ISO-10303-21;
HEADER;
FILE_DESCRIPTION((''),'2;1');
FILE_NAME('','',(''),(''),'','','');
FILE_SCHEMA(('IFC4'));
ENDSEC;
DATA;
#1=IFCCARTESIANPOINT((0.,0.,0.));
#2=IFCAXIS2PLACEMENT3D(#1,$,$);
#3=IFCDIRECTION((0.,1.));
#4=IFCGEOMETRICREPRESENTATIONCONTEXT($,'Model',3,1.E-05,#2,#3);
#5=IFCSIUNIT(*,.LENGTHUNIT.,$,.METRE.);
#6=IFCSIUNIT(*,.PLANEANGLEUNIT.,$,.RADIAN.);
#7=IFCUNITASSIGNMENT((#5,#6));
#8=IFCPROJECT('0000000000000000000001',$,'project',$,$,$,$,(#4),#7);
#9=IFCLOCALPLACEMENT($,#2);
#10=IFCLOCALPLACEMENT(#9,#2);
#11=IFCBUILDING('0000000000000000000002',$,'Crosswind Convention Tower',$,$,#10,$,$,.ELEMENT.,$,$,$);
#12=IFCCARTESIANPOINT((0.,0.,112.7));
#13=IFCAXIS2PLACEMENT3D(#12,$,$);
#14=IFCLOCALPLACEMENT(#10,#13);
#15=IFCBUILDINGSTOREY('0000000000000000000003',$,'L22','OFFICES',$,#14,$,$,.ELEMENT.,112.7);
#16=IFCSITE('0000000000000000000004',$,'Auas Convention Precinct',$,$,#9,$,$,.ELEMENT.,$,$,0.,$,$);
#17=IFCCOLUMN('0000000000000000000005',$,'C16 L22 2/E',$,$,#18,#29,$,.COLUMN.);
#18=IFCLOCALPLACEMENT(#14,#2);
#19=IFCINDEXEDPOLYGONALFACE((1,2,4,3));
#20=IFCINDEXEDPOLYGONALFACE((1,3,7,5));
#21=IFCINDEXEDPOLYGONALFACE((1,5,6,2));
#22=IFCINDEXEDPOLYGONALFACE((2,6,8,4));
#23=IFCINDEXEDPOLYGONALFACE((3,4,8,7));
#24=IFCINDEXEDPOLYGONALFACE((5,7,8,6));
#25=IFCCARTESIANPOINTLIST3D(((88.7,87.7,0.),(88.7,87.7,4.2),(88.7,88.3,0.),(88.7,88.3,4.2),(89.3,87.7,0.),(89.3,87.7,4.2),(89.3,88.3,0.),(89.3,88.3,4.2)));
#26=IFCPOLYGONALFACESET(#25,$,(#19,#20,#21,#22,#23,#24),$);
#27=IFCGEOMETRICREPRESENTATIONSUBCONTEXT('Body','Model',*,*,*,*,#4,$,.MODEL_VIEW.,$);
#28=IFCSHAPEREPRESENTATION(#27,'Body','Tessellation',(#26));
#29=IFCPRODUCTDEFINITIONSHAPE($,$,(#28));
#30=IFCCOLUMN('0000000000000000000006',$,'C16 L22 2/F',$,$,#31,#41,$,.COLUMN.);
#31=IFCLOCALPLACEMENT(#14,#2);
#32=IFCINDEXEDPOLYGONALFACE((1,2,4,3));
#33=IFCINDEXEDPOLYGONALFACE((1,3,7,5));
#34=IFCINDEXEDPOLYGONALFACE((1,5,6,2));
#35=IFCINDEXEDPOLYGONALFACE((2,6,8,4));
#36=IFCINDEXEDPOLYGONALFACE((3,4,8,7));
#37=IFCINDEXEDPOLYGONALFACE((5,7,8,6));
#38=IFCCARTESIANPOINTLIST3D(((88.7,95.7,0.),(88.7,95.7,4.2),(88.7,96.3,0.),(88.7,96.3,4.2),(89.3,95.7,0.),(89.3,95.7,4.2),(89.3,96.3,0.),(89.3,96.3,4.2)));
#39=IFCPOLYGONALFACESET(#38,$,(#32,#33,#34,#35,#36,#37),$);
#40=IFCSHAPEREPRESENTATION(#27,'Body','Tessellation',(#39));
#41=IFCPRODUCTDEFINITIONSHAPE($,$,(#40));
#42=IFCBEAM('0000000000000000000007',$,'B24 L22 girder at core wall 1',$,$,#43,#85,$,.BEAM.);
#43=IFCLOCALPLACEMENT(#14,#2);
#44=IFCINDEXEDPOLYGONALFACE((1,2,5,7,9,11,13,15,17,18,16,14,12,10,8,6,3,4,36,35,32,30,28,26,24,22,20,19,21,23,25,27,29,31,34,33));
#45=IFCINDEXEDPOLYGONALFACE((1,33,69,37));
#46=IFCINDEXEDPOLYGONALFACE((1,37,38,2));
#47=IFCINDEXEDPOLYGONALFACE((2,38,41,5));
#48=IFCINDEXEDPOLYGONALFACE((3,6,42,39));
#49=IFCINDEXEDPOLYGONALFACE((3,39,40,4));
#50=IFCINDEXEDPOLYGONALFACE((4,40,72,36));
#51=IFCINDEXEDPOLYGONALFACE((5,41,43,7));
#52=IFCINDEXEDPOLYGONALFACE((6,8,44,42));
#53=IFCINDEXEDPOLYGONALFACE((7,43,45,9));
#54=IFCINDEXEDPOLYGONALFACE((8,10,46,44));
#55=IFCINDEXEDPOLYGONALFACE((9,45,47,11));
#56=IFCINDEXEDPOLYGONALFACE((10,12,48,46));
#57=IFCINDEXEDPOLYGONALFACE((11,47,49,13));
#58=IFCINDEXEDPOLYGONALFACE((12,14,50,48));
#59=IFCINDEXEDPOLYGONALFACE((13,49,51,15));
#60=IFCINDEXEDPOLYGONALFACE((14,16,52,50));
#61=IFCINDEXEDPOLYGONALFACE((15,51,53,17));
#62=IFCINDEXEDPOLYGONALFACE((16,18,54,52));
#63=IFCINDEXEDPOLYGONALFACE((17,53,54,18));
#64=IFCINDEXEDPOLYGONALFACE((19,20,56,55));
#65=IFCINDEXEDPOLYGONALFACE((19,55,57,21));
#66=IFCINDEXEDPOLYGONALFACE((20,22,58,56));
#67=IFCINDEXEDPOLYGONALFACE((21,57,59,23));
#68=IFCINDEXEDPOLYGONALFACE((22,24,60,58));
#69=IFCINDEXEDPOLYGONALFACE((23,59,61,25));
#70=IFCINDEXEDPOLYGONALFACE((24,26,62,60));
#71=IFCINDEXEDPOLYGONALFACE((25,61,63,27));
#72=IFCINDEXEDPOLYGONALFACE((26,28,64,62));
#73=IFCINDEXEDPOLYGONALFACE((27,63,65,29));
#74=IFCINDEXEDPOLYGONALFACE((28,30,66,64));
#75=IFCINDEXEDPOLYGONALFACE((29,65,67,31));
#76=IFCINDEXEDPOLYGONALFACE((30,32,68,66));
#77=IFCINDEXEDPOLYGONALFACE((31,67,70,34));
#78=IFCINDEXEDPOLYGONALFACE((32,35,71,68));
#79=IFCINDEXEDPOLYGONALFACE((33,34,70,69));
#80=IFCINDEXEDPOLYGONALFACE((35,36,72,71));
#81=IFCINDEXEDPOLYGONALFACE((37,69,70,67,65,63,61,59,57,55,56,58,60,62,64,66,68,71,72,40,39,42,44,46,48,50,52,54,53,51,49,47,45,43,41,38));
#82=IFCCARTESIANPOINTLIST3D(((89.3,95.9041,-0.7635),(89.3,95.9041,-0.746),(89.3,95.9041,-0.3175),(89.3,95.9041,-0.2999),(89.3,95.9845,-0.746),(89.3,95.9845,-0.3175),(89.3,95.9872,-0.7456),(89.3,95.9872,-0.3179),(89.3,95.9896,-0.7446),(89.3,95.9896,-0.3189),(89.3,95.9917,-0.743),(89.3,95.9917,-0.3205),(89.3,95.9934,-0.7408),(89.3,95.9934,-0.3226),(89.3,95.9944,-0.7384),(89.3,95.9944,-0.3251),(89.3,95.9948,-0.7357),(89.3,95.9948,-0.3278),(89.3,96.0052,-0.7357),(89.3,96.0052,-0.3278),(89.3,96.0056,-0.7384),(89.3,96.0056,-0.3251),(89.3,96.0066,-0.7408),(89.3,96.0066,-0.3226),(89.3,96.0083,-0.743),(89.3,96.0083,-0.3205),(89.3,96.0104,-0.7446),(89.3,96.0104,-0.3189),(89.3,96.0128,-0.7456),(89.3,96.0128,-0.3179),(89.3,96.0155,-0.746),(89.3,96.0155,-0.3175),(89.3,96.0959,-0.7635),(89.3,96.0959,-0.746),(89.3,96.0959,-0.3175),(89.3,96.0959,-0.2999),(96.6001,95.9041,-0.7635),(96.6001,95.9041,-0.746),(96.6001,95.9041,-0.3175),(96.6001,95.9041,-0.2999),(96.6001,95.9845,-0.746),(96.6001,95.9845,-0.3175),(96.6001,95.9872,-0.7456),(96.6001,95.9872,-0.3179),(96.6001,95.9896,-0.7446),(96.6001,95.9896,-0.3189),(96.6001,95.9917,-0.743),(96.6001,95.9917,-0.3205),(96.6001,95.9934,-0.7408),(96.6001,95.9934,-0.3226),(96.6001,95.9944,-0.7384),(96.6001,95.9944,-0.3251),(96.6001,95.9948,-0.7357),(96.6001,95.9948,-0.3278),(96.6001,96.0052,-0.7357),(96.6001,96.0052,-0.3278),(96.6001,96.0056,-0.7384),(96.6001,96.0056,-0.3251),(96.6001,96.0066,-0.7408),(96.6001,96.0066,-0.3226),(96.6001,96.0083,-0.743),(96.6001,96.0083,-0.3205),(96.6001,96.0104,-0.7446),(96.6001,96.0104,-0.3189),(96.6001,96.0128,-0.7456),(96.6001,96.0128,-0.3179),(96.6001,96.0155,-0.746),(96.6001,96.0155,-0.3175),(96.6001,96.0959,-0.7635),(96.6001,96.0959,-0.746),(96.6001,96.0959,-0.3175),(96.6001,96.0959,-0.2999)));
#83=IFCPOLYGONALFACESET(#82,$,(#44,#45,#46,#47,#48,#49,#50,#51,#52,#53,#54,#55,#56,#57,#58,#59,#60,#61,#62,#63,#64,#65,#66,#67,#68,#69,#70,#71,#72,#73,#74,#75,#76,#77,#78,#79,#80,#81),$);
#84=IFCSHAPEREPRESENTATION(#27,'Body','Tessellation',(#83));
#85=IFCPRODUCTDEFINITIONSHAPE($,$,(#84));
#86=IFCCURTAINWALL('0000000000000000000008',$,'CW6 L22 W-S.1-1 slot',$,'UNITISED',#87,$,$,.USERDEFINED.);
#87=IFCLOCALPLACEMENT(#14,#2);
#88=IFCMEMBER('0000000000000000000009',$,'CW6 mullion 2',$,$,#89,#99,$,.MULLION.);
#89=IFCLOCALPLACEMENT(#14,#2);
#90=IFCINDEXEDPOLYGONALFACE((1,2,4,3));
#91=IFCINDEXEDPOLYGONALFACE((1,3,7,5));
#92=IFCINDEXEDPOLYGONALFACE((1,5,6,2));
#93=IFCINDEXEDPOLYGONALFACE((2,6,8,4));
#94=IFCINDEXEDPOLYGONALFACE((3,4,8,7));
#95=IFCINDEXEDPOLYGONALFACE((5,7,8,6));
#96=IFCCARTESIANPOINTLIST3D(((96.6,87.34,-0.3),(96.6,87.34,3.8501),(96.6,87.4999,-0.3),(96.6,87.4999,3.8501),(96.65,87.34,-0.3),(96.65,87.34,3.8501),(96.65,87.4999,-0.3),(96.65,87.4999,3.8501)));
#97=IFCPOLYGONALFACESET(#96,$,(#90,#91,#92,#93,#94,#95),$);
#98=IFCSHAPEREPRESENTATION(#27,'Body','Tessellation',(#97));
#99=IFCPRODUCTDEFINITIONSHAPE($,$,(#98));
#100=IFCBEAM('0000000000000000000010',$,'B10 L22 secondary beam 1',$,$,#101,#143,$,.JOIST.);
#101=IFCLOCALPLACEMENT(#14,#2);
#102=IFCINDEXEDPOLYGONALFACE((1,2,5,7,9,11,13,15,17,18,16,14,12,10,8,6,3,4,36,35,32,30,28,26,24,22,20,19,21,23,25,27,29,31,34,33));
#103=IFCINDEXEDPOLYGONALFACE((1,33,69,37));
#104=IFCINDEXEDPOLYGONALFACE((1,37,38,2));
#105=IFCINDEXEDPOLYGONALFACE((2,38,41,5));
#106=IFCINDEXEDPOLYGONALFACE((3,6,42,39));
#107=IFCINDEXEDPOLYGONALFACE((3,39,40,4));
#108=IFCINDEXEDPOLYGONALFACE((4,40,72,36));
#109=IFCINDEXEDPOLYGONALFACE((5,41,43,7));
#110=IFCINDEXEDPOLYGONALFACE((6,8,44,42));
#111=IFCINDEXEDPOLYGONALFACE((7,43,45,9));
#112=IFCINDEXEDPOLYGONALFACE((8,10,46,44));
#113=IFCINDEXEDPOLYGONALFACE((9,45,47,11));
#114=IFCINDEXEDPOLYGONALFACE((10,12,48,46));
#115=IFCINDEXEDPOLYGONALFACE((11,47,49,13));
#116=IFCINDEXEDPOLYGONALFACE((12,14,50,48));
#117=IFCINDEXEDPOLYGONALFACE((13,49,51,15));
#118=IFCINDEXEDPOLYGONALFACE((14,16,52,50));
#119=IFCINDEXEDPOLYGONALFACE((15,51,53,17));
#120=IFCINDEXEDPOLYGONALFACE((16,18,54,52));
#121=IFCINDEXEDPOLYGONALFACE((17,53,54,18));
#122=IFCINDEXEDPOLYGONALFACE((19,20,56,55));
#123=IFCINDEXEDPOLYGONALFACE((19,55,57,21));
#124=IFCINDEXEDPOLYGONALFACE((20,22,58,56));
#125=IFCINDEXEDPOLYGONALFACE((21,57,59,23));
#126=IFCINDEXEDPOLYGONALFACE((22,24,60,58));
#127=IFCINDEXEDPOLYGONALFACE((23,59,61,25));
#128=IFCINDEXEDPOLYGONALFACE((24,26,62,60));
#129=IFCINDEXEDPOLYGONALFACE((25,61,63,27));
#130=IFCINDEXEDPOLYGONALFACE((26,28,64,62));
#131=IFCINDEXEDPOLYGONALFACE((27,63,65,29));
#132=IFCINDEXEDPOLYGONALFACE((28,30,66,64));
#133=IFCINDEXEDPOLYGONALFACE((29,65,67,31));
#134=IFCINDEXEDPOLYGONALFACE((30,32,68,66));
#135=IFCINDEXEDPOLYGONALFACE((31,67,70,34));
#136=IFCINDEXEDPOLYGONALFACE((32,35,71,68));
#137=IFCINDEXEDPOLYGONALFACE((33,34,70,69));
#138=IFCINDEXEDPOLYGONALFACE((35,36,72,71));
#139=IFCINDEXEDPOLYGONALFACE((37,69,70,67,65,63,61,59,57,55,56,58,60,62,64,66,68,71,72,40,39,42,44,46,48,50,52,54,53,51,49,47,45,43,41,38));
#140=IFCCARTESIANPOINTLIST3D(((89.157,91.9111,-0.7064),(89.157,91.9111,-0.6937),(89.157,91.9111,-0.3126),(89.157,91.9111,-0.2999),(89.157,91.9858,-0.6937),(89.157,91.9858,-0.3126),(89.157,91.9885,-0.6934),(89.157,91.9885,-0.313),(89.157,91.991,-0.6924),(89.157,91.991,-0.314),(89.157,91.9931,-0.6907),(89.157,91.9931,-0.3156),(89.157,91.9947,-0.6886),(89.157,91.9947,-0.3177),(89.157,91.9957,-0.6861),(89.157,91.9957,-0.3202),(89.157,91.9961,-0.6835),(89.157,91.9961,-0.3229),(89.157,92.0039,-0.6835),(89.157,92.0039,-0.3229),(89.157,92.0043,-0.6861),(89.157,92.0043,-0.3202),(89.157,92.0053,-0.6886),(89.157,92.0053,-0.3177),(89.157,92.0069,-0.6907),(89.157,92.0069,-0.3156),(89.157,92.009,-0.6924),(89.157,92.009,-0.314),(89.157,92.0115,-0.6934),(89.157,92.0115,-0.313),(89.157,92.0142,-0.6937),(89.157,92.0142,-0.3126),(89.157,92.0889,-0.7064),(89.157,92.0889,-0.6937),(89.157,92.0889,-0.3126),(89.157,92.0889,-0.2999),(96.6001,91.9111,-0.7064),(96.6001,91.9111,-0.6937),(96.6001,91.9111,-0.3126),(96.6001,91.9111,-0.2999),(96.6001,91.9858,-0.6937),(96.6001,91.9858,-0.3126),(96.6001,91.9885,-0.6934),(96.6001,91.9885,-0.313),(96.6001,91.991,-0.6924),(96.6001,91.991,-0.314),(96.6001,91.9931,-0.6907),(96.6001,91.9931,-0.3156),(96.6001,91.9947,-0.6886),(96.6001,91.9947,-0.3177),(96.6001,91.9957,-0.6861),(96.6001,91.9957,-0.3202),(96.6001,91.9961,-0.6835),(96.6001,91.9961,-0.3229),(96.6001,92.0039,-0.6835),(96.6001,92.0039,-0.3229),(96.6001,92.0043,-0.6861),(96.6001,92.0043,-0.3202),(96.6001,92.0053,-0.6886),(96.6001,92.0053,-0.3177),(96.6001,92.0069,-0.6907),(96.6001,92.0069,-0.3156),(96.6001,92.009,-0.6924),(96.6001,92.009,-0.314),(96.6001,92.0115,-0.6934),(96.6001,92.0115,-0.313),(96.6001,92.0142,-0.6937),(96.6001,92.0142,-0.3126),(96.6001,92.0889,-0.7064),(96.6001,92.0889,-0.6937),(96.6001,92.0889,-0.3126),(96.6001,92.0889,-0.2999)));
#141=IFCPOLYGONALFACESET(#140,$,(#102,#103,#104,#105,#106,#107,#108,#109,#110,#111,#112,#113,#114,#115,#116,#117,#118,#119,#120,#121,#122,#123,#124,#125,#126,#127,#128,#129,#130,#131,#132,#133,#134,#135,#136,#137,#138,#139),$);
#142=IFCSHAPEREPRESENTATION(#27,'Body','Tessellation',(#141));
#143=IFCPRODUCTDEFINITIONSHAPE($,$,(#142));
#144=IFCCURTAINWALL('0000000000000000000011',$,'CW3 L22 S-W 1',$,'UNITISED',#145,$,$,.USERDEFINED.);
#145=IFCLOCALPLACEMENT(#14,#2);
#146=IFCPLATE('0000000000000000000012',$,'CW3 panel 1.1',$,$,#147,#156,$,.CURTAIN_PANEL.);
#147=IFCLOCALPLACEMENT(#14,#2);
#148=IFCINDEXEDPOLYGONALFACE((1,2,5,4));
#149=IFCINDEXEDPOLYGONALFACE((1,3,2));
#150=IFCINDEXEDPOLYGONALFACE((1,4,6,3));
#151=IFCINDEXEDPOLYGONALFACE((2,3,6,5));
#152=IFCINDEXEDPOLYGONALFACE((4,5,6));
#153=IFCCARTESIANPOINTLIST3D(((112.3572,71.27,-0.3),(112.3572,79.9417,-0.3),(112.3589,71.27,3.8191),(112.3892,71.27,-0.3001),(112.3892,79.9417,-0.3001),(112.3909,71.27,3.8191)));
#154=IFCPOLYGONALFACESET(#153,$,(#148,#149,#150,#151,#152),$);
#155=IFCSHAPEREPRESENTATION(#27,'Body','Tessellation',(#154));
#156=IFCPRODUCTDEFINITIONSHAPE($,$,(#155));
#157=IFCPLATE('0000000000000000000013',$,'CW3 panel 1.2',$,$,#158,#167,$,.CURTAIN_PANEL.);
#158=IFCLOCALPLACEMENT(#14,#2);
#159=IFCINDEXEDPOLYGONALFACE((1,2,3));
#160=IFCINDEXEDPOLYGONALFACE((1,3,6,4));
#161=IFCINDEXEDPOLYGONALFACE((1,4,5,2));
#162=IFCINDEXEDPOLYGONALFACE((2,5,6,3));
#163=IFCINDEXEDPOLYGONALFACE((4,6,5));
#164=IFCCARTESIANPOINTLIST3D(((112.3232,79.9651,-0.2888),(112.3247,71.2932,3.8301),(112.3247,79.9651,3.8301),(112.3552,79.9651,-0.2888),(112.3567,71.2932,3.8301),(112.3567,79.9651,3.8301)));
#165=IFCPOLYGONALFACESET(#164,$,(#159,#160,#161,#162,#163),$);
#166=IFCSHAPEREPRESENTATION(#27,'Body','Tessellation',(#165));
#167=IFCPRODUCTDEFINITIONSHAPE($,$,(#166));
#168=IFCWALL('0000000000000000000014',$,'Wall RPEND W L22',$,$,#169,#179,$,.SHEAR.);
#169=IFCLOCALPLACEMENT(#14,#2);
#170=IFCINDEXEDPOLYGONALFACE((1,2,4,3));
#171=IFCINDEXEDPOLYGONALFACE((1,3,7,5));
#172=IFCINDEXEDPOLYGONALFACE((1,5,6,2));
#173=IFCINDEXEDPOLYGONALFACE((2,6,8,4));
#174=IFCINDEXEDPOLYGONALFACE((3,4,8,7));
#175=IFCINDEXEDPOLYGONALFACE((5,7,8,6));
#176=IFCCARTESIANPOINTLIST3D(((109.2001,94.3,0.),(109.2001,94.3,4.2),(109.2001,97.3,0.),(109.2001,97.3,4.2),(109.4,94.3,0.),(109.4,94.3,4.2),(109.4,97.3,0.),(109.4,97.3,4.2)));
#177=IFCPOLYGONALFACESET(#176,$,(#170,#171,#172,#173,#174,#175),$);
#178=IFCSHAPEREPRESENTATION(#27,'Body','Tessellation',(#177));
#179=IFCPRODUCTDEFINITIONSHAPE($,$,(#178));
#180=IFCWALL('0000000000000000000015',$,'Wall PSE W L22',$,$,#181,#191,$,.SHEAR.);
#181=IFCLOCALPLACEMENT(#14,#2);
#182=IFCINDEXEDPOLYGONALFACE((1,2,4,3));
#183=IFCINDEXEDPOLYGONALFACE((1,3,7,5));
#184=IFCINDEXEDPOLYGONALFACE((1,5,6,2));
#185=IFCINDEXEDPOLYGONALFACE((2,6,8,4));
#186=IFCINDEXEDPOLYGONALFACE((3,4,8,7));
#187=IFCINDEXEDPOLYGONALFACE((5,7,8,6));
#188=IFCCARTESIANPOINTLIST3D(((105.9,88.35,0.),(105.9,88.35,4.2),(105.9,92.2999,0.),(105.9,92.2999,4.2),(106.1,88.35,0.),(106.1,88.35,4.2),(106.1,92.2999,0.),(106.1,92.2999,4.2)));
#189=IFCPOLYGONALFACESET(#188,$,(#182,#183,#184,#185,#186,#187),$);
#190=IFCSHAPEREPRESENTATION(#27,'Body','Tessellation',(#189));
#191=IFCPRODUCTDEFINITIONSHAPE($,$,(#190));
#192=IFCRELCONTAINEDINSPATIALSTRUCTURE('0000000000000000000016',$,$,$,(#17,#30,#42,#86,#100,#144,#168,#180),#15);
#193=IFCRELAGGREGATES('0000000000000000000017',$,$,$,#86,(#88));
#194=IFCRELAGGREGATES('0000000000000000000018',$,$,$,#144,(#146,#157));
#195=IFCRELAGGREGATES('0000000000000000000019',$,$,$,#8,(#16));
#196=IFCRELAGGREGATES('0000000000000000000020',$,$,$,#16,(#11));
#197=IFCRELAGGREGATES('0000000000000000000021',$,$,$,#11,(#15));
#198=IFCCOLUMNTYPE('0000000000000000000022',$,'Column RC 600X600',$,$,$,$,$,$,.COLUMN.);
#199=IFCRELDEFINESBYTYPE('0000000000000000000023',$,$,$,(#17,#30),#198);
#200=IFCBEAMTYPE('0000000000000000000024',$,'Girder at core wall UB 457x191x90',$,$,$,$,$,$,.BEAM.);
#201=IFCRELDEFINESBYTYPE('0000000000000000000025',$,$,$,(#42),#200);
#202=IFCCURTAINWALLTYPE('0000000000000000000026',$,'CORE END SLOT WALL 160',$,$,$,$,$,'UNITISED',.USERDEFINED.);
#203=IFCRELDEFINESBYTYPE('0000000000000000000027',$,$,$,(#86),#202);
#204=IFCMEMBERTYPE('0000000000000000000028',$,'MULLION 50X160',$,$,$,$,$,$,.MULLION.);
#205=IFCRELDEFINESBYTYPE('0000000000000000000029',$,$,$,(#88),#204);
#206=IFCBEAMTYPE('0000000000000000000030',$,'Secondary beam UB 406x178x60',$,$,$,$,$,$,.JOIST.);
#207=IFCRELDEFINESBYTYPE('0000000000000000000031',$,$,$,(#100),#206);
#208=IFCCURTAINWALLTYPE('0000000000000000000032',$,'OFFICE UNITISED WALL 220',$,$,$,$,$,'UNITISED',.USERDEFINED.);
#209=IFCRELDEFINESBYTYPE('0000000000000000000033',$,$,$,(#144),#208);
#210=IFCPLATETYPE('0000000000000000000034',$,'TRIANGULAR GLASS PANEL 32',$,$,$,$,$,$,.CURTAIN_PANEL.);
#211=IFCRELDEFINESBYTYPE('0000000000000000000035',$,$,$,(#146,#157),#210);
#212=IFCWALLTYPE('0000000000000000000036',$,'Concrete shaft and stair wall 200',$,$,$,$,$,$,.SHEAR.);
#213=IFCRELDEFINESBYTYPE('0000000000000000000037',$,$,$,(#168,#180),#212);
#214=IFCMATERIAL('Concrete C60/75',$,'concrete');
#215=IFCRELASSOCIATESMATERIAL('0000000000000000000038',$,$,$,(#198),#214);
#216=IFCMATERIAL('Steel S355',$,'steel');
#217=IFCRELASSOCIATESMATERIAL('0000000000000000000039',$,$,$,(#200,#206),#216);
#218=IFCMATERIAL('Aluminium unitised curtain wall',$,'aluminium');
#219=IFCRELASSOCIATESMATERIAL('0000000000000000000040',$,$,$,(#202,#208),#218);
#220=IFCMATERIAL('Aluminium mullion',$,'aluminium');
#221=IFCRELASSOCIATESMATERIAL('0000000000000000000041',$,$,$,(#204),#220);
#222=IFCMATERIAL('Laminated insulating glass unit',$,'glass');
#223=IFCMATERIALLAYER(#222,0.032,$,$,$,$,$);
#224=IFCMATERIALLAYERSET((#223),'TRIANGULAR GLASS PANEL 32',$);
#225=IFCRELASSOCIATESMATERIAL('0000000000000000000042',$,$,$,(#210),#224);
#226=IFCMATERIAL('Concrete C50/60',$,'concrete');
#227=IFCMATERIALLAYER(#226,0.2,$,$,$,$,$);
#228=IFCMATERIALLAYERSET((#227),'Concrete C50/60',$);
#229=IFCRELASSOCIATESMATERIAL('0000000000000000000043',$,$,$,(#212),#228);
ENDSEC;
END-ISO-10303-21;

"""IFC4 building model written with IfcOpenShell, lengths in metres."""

from ifc_helpers import new_model, si_unit, direction, frame, frame_2d, origin, origin_2d, place, context, subcontext, project, spatial, polyline, rectangle, i_section, outline, extrude, material, layer, layer_set, material_profile, profile_set, type_object, element, aggregate, save


model = new_model("IFC4")

# Units and contexts
model_context = context("Model", 3, precision=1e-05, world=origin(), true_north=direction((0.0, 1.0)))
body_context = subcontext(model_context, "Body", "Model", "MODEL_VIEW")
ifc_project = project(units=[si_unit("LENGTHUNIT", "METRE"), si_unit("PLANEANGLEUNIT", "RADIAN")], contexts=[model_context])

# Site, building, storey
site_placement = place(None, origin())
site = spatial("IfcSite", under=ifc_project, at=site_placement, Name="Auas Convention Precinct", CompositionType="ELEMENT", RefElevation=0.0)
building_placement = place(site_placement, origin())
building = spatial("IfcBuilding", under=site, at=building_placement, Name="Crosswind Convention Tower", CompositionType="ELEMENT")
storey_placement = place(building_placement, frame((0.0, 0.0, 112.7)))
storey = spatial("IfcBuildingStorey", under=building, at=storey_placement, Name="L22", Description="OFFICES", CompositionType="ELEMENT", Elevation=112.7)

# Columns
ifc_material_1 = material(Name="Concrete C60/75", Category="concrete")
ifc_material_profile_1 = material_profile(ifc_material_1, rectangle(XDim=0.6001, YDim=0.6001, at=origin_2d()), Name="RC 600X600")
ifc_profile_set_1 = profile_set([ifc_material_profile_1], Name="Concrete C60/75")
column_type = type_object("IfcColumnType", Name="Column RC 600X600", PredefinedType="COLUMN", material=ifc_profile_set_1)
for number, where, z_axis, x_axis, name in (
    (1, (89.0, 88.0, 0.0), (0.0, 0.0, 1.0), (1.0, 0.0, 0.0), "C16 L22 2/E"),
    (2, (89.0, 96.0, 0.0), (0.0, 0.0, 1.0), (1.0, 0.0, 0.0), "C16 L22 2/F"),
):
    element("IfcColumn", number, at=place(storey_placement, frame(where, z_axis=z_axis, x_axis=x_axis)), inside=storey, type_object=column_type, Name=name, PredefinedType="COLUMN", context=body_context, shape_type="SweptSolid", body=[
        extrude(rectangle(XDim=0.6001, YDim=0.6001, at=origin_2d()), origin(), (0.0, 0.0, 1.0), 4.2),
    ])

# Beam
ifc_material_2 = material(Name="Steel S355", Category="steel")
ifc_material_profile_2 = material_profile(ifc_material_2, i_section(OverallWidth=0.1919, OverallDepth=0.4636, WebThickness=0.0105, FlangeThickness=0.0176, FilletRadius=0.0103, at=origin_2d()), Name="UB 457x191x90")
ifc_profile_set_2 = profile_set([ifc_material_profile_2], Name="Steel S355")
beam_type_1 = type_object("IfcBeamType", Name="Girder at core wall UB 457x191x90", PredefinedType="BEAM", material=ifc_profile_set_2)
beam_1_placement = place(storey_placement, frame((89.3, 96.0, -0.5317), z_axis=(1.0, 0.0, 0.0), x_axis=(0.0, 1.0, 0.0)))
element("IfcBeam", 3, at=beam_1_placement, inside=storey, type_object=beam_type_1, Name="B24 L22 girder at core wall 1", PredefinedType="BEAM", context=body_context, shape_type="SweptSolid", body=[
    extrude(i_section(OverallWidth=0.1919, OverallDepth=0.4636, WebThickness=0.0105, FlangeThickness=0.0176, FilletRadius=0.0103, at=origin_2d()), origin(), (0.0, 0.0, 1.0), 7.3),
])

# Curtain wall, member
ifc_material_3 = material(Name="Aluminium unitised curtain wall", Category="aluminium")
curtain_wall_type_1 = type_object("IfcCurtainWallType", Name="CORE END SLOT WALL 160", ElementType="UNITISED", PredefinedType="USERDEFINED", material=ifc_material_3)
curtain_wall_1_placement = place(storey_placement, origin())
curtain_wall_1 = element("IfcCurtainWall", 4, at=curtain_wall_1_placement, inside=storey, type_object=curtain_wall_type_1, Name="CW6 L22 W-S.1-1 slot", ObjectType="UNITISED", PredefinedType="USERDEFINED")
ifc_material_4 = material(Name="Aluminium mullion", Category="aluminium")
ifc_material_profile_3 = material_profile(ifc_material_4, rectangle(XDim=0.1599, YDim=0.05, at=origin_2d()), Name="AL 160X50")
ifc_profile_set_3 = profile_set([ifc_material_profile_3], Name="Aluminium mullion")
member_type = type_object("IfcMemberType", Name="MULLION 50X160", PredefinedType="MULLION", material=ifc_profile_set_3)
member_placement = place(storey_placement, frame((96.625, 87.4199, -0.3), z_axis=(0.0, 0.0, 1.0), x_axis=(0.0, -1.0, 0.0)))
member = element("IfcMember", 5, at=member_placement, type_object=member_type, Name="CW6 mullion 2", PredefinedType="MULLION", context=body_context, shape_type="SweptSolid", body=[
    extrude(rectangle(XDim=0.1599, YDim=0.05, at=origin_2d()), origin(), (0.0, 0.0, 1.0), 4.1501),
])
aggregate(curtain_wall_1, [member])

# Beam
ifc_material_profile_4 = material_profile(ifc_material_2, i_section(OverallWidth=0.1777, OverallDepth=0.4065, WebThickness=0.0078, FlangeThickness=0.0127, FilletRadius=0.0103, at=origin_2d()), Name="UB 406x178x60")
ifc_profile_set_4 = profile_set([ifc_material_profile_4], Name="Steel S355")
beam_type_2 = type_object("IfcBeamType", Name="Secondary beam UB 406x178x60", PredefinedType="JOIST", material=ifc_profile_set_4)
beam_2_placement = place(storey_placement, frame((89.157, 92.0, -0.5032), z_axis=(1.0, 0.0, 0.0), x_axis=(0.0, 1.0, 0.0)))
element("IfcBeam", 6, at=beam_2_placement, inside=storey, type_object=beam_type_2, Name="B10 L22 secondary beam 1", PredefinedType="JOIST", context=body_context, shape_type="SweptSolid", body=[
    extrude(i_section(OverallWidth=0.1777, OverallDepth=0.4065, WebThickness=0.0078, FlangeThickness=0.0127, FilletRadius=0.0103, at=origin_2d()), origin(), (0.0, 0.0, 1.0), 7.4431),
])

# Curtain wall, plates
curtain_wall_type_2 = type_object("IfcCurtainWallType", Name="OFFICE UNITISED WALL 220", ElementType="UNITISED", PredefinedType="USERDEFINED", material=ifc_material_3)
curtain_wall_2_placement = place(storey_placement, origin())
curtain_wall_2 = element("IfcCurtainWall", 7, at=curtain_wall_2_placement, inside=storey, type_object=curtain_wall_type_2, Name="CW3 L22 S-W 1", ObjectType="UNITISED", PredefinedType="USERDEFINED")
ifc_material_5 = material(Name="Laminated insulating glass unit", Category="glass")
ifc_layer_1 = layer(ifc_material_5, 0.032)
ifc_layer_set_1 = layer_set([ifc_layer_1], Name="TRIANGULAR GLASS PANEL 32")
plate_type = type_object("IfcPlateType", Name="TRIANGULAR GLASS PANEL 32", PredefinedType="CURTAIN_PANEL", material=ifc_layer_set_1)
plate_1_placement = place(storey_placement, frame((112.3572, 71.27, -0.3), z_axis=(-1.0, 0.0, 0.000415), x_axis=(0.000415, 0.0, 1.0)))
plate_1 = element("IfcPlate", 8, at=plate_1_placement, type_object=plate_type, Name="CW3 panel 1.1", PredefinedType="CURTAIN_PANEL", context=body_context, shape_type="SweptSolid", body=[
    extrude(outline(polyline([(0.0, 0.0), (4.1191, 0.0), (0.0, 8.6716), (0.0, 0.0)])), origin(), (0.0, 0.0, -1.0), 0.032),
])
plate_2_placement = place(storey_placement, frame((112.3247, 79.9651, 3.8301), z_axis=(-1.0, 0.0, 0.000356), x_axis=(-0.000356, 0.0, -1.0)))
plate_2 = element("IfcPlate", 9, at=plate_2_placement, type_object=plate_type, Name="CW3 panel 1.2", PredefinedType="CURTAIN_PANEL", context=body_context, shape_type="SweptSolid", body=[
    extrude(outline(polyline([(0.0, 0.0), (4.1189, 0.0), (0.0, 8.6719), (0.0, 0.0)])), origin(), (0.0, 0.0, -1.0), 0.032),
])

# Walls
ifc_material_6 = material(Name="Concrete C50/60", Category="concrete")
ifc_layer_2 = layer(ifc_material_6, 0.2)
ifc_layer_set_2 = layer_set([ifc_layer_2], Name="Concrete C50/60")
wall_type_1 = type_object("IfcWallType", Name="Concrete shaft and stair wall 200", PredefinedType="SHEAR", material=ifc_layer_set_2)
wall_1_placement = place(storey_placement, frame((109.3, 97.3, 0.0), z_axis=(0.0, 0.0, 1.0), x_axis=(0.0, -1.0, 0.0)))
element("IfcWall", 10, at=wall_1_placement, inside=storey, type_object=wall_type_1, Name="Wall RPEND W L22", PredefinedType="SHEAR", context=body_context, shape_type="SweptSolid", body=[
    extrude(rectangle(XDim=3.0, YDim=0.2, at=frame_2d((1.5, 0.0))), origin(), (0.0, 0.0, 1.0), 4.2),
])
wall_2_placement = place(storey_placement, frame((106.0, 92.3, 0.0), z_axis=(0.0, 0.0, 1.0), x_axis=(0.0, -1.0, 0.0)))
element("IfcWall", 11, at=wall_2_placement, inside=storey, type_object=wall_type_1, Name="Wall PSE W L22", PredefinedType="SHEAR", context=body_context, shape_type="SweptSolid", body=[
    extrude(rectangle(XDim=3.95, YDim=0.2, at=frame_2d((1.9751, 0.0))), origin(), (0.0, 0.0, 1.0), 4.2),
])

aggregate(curtain_wall_2, [plate_1, plate_2])

save(model, "model.ifc")
